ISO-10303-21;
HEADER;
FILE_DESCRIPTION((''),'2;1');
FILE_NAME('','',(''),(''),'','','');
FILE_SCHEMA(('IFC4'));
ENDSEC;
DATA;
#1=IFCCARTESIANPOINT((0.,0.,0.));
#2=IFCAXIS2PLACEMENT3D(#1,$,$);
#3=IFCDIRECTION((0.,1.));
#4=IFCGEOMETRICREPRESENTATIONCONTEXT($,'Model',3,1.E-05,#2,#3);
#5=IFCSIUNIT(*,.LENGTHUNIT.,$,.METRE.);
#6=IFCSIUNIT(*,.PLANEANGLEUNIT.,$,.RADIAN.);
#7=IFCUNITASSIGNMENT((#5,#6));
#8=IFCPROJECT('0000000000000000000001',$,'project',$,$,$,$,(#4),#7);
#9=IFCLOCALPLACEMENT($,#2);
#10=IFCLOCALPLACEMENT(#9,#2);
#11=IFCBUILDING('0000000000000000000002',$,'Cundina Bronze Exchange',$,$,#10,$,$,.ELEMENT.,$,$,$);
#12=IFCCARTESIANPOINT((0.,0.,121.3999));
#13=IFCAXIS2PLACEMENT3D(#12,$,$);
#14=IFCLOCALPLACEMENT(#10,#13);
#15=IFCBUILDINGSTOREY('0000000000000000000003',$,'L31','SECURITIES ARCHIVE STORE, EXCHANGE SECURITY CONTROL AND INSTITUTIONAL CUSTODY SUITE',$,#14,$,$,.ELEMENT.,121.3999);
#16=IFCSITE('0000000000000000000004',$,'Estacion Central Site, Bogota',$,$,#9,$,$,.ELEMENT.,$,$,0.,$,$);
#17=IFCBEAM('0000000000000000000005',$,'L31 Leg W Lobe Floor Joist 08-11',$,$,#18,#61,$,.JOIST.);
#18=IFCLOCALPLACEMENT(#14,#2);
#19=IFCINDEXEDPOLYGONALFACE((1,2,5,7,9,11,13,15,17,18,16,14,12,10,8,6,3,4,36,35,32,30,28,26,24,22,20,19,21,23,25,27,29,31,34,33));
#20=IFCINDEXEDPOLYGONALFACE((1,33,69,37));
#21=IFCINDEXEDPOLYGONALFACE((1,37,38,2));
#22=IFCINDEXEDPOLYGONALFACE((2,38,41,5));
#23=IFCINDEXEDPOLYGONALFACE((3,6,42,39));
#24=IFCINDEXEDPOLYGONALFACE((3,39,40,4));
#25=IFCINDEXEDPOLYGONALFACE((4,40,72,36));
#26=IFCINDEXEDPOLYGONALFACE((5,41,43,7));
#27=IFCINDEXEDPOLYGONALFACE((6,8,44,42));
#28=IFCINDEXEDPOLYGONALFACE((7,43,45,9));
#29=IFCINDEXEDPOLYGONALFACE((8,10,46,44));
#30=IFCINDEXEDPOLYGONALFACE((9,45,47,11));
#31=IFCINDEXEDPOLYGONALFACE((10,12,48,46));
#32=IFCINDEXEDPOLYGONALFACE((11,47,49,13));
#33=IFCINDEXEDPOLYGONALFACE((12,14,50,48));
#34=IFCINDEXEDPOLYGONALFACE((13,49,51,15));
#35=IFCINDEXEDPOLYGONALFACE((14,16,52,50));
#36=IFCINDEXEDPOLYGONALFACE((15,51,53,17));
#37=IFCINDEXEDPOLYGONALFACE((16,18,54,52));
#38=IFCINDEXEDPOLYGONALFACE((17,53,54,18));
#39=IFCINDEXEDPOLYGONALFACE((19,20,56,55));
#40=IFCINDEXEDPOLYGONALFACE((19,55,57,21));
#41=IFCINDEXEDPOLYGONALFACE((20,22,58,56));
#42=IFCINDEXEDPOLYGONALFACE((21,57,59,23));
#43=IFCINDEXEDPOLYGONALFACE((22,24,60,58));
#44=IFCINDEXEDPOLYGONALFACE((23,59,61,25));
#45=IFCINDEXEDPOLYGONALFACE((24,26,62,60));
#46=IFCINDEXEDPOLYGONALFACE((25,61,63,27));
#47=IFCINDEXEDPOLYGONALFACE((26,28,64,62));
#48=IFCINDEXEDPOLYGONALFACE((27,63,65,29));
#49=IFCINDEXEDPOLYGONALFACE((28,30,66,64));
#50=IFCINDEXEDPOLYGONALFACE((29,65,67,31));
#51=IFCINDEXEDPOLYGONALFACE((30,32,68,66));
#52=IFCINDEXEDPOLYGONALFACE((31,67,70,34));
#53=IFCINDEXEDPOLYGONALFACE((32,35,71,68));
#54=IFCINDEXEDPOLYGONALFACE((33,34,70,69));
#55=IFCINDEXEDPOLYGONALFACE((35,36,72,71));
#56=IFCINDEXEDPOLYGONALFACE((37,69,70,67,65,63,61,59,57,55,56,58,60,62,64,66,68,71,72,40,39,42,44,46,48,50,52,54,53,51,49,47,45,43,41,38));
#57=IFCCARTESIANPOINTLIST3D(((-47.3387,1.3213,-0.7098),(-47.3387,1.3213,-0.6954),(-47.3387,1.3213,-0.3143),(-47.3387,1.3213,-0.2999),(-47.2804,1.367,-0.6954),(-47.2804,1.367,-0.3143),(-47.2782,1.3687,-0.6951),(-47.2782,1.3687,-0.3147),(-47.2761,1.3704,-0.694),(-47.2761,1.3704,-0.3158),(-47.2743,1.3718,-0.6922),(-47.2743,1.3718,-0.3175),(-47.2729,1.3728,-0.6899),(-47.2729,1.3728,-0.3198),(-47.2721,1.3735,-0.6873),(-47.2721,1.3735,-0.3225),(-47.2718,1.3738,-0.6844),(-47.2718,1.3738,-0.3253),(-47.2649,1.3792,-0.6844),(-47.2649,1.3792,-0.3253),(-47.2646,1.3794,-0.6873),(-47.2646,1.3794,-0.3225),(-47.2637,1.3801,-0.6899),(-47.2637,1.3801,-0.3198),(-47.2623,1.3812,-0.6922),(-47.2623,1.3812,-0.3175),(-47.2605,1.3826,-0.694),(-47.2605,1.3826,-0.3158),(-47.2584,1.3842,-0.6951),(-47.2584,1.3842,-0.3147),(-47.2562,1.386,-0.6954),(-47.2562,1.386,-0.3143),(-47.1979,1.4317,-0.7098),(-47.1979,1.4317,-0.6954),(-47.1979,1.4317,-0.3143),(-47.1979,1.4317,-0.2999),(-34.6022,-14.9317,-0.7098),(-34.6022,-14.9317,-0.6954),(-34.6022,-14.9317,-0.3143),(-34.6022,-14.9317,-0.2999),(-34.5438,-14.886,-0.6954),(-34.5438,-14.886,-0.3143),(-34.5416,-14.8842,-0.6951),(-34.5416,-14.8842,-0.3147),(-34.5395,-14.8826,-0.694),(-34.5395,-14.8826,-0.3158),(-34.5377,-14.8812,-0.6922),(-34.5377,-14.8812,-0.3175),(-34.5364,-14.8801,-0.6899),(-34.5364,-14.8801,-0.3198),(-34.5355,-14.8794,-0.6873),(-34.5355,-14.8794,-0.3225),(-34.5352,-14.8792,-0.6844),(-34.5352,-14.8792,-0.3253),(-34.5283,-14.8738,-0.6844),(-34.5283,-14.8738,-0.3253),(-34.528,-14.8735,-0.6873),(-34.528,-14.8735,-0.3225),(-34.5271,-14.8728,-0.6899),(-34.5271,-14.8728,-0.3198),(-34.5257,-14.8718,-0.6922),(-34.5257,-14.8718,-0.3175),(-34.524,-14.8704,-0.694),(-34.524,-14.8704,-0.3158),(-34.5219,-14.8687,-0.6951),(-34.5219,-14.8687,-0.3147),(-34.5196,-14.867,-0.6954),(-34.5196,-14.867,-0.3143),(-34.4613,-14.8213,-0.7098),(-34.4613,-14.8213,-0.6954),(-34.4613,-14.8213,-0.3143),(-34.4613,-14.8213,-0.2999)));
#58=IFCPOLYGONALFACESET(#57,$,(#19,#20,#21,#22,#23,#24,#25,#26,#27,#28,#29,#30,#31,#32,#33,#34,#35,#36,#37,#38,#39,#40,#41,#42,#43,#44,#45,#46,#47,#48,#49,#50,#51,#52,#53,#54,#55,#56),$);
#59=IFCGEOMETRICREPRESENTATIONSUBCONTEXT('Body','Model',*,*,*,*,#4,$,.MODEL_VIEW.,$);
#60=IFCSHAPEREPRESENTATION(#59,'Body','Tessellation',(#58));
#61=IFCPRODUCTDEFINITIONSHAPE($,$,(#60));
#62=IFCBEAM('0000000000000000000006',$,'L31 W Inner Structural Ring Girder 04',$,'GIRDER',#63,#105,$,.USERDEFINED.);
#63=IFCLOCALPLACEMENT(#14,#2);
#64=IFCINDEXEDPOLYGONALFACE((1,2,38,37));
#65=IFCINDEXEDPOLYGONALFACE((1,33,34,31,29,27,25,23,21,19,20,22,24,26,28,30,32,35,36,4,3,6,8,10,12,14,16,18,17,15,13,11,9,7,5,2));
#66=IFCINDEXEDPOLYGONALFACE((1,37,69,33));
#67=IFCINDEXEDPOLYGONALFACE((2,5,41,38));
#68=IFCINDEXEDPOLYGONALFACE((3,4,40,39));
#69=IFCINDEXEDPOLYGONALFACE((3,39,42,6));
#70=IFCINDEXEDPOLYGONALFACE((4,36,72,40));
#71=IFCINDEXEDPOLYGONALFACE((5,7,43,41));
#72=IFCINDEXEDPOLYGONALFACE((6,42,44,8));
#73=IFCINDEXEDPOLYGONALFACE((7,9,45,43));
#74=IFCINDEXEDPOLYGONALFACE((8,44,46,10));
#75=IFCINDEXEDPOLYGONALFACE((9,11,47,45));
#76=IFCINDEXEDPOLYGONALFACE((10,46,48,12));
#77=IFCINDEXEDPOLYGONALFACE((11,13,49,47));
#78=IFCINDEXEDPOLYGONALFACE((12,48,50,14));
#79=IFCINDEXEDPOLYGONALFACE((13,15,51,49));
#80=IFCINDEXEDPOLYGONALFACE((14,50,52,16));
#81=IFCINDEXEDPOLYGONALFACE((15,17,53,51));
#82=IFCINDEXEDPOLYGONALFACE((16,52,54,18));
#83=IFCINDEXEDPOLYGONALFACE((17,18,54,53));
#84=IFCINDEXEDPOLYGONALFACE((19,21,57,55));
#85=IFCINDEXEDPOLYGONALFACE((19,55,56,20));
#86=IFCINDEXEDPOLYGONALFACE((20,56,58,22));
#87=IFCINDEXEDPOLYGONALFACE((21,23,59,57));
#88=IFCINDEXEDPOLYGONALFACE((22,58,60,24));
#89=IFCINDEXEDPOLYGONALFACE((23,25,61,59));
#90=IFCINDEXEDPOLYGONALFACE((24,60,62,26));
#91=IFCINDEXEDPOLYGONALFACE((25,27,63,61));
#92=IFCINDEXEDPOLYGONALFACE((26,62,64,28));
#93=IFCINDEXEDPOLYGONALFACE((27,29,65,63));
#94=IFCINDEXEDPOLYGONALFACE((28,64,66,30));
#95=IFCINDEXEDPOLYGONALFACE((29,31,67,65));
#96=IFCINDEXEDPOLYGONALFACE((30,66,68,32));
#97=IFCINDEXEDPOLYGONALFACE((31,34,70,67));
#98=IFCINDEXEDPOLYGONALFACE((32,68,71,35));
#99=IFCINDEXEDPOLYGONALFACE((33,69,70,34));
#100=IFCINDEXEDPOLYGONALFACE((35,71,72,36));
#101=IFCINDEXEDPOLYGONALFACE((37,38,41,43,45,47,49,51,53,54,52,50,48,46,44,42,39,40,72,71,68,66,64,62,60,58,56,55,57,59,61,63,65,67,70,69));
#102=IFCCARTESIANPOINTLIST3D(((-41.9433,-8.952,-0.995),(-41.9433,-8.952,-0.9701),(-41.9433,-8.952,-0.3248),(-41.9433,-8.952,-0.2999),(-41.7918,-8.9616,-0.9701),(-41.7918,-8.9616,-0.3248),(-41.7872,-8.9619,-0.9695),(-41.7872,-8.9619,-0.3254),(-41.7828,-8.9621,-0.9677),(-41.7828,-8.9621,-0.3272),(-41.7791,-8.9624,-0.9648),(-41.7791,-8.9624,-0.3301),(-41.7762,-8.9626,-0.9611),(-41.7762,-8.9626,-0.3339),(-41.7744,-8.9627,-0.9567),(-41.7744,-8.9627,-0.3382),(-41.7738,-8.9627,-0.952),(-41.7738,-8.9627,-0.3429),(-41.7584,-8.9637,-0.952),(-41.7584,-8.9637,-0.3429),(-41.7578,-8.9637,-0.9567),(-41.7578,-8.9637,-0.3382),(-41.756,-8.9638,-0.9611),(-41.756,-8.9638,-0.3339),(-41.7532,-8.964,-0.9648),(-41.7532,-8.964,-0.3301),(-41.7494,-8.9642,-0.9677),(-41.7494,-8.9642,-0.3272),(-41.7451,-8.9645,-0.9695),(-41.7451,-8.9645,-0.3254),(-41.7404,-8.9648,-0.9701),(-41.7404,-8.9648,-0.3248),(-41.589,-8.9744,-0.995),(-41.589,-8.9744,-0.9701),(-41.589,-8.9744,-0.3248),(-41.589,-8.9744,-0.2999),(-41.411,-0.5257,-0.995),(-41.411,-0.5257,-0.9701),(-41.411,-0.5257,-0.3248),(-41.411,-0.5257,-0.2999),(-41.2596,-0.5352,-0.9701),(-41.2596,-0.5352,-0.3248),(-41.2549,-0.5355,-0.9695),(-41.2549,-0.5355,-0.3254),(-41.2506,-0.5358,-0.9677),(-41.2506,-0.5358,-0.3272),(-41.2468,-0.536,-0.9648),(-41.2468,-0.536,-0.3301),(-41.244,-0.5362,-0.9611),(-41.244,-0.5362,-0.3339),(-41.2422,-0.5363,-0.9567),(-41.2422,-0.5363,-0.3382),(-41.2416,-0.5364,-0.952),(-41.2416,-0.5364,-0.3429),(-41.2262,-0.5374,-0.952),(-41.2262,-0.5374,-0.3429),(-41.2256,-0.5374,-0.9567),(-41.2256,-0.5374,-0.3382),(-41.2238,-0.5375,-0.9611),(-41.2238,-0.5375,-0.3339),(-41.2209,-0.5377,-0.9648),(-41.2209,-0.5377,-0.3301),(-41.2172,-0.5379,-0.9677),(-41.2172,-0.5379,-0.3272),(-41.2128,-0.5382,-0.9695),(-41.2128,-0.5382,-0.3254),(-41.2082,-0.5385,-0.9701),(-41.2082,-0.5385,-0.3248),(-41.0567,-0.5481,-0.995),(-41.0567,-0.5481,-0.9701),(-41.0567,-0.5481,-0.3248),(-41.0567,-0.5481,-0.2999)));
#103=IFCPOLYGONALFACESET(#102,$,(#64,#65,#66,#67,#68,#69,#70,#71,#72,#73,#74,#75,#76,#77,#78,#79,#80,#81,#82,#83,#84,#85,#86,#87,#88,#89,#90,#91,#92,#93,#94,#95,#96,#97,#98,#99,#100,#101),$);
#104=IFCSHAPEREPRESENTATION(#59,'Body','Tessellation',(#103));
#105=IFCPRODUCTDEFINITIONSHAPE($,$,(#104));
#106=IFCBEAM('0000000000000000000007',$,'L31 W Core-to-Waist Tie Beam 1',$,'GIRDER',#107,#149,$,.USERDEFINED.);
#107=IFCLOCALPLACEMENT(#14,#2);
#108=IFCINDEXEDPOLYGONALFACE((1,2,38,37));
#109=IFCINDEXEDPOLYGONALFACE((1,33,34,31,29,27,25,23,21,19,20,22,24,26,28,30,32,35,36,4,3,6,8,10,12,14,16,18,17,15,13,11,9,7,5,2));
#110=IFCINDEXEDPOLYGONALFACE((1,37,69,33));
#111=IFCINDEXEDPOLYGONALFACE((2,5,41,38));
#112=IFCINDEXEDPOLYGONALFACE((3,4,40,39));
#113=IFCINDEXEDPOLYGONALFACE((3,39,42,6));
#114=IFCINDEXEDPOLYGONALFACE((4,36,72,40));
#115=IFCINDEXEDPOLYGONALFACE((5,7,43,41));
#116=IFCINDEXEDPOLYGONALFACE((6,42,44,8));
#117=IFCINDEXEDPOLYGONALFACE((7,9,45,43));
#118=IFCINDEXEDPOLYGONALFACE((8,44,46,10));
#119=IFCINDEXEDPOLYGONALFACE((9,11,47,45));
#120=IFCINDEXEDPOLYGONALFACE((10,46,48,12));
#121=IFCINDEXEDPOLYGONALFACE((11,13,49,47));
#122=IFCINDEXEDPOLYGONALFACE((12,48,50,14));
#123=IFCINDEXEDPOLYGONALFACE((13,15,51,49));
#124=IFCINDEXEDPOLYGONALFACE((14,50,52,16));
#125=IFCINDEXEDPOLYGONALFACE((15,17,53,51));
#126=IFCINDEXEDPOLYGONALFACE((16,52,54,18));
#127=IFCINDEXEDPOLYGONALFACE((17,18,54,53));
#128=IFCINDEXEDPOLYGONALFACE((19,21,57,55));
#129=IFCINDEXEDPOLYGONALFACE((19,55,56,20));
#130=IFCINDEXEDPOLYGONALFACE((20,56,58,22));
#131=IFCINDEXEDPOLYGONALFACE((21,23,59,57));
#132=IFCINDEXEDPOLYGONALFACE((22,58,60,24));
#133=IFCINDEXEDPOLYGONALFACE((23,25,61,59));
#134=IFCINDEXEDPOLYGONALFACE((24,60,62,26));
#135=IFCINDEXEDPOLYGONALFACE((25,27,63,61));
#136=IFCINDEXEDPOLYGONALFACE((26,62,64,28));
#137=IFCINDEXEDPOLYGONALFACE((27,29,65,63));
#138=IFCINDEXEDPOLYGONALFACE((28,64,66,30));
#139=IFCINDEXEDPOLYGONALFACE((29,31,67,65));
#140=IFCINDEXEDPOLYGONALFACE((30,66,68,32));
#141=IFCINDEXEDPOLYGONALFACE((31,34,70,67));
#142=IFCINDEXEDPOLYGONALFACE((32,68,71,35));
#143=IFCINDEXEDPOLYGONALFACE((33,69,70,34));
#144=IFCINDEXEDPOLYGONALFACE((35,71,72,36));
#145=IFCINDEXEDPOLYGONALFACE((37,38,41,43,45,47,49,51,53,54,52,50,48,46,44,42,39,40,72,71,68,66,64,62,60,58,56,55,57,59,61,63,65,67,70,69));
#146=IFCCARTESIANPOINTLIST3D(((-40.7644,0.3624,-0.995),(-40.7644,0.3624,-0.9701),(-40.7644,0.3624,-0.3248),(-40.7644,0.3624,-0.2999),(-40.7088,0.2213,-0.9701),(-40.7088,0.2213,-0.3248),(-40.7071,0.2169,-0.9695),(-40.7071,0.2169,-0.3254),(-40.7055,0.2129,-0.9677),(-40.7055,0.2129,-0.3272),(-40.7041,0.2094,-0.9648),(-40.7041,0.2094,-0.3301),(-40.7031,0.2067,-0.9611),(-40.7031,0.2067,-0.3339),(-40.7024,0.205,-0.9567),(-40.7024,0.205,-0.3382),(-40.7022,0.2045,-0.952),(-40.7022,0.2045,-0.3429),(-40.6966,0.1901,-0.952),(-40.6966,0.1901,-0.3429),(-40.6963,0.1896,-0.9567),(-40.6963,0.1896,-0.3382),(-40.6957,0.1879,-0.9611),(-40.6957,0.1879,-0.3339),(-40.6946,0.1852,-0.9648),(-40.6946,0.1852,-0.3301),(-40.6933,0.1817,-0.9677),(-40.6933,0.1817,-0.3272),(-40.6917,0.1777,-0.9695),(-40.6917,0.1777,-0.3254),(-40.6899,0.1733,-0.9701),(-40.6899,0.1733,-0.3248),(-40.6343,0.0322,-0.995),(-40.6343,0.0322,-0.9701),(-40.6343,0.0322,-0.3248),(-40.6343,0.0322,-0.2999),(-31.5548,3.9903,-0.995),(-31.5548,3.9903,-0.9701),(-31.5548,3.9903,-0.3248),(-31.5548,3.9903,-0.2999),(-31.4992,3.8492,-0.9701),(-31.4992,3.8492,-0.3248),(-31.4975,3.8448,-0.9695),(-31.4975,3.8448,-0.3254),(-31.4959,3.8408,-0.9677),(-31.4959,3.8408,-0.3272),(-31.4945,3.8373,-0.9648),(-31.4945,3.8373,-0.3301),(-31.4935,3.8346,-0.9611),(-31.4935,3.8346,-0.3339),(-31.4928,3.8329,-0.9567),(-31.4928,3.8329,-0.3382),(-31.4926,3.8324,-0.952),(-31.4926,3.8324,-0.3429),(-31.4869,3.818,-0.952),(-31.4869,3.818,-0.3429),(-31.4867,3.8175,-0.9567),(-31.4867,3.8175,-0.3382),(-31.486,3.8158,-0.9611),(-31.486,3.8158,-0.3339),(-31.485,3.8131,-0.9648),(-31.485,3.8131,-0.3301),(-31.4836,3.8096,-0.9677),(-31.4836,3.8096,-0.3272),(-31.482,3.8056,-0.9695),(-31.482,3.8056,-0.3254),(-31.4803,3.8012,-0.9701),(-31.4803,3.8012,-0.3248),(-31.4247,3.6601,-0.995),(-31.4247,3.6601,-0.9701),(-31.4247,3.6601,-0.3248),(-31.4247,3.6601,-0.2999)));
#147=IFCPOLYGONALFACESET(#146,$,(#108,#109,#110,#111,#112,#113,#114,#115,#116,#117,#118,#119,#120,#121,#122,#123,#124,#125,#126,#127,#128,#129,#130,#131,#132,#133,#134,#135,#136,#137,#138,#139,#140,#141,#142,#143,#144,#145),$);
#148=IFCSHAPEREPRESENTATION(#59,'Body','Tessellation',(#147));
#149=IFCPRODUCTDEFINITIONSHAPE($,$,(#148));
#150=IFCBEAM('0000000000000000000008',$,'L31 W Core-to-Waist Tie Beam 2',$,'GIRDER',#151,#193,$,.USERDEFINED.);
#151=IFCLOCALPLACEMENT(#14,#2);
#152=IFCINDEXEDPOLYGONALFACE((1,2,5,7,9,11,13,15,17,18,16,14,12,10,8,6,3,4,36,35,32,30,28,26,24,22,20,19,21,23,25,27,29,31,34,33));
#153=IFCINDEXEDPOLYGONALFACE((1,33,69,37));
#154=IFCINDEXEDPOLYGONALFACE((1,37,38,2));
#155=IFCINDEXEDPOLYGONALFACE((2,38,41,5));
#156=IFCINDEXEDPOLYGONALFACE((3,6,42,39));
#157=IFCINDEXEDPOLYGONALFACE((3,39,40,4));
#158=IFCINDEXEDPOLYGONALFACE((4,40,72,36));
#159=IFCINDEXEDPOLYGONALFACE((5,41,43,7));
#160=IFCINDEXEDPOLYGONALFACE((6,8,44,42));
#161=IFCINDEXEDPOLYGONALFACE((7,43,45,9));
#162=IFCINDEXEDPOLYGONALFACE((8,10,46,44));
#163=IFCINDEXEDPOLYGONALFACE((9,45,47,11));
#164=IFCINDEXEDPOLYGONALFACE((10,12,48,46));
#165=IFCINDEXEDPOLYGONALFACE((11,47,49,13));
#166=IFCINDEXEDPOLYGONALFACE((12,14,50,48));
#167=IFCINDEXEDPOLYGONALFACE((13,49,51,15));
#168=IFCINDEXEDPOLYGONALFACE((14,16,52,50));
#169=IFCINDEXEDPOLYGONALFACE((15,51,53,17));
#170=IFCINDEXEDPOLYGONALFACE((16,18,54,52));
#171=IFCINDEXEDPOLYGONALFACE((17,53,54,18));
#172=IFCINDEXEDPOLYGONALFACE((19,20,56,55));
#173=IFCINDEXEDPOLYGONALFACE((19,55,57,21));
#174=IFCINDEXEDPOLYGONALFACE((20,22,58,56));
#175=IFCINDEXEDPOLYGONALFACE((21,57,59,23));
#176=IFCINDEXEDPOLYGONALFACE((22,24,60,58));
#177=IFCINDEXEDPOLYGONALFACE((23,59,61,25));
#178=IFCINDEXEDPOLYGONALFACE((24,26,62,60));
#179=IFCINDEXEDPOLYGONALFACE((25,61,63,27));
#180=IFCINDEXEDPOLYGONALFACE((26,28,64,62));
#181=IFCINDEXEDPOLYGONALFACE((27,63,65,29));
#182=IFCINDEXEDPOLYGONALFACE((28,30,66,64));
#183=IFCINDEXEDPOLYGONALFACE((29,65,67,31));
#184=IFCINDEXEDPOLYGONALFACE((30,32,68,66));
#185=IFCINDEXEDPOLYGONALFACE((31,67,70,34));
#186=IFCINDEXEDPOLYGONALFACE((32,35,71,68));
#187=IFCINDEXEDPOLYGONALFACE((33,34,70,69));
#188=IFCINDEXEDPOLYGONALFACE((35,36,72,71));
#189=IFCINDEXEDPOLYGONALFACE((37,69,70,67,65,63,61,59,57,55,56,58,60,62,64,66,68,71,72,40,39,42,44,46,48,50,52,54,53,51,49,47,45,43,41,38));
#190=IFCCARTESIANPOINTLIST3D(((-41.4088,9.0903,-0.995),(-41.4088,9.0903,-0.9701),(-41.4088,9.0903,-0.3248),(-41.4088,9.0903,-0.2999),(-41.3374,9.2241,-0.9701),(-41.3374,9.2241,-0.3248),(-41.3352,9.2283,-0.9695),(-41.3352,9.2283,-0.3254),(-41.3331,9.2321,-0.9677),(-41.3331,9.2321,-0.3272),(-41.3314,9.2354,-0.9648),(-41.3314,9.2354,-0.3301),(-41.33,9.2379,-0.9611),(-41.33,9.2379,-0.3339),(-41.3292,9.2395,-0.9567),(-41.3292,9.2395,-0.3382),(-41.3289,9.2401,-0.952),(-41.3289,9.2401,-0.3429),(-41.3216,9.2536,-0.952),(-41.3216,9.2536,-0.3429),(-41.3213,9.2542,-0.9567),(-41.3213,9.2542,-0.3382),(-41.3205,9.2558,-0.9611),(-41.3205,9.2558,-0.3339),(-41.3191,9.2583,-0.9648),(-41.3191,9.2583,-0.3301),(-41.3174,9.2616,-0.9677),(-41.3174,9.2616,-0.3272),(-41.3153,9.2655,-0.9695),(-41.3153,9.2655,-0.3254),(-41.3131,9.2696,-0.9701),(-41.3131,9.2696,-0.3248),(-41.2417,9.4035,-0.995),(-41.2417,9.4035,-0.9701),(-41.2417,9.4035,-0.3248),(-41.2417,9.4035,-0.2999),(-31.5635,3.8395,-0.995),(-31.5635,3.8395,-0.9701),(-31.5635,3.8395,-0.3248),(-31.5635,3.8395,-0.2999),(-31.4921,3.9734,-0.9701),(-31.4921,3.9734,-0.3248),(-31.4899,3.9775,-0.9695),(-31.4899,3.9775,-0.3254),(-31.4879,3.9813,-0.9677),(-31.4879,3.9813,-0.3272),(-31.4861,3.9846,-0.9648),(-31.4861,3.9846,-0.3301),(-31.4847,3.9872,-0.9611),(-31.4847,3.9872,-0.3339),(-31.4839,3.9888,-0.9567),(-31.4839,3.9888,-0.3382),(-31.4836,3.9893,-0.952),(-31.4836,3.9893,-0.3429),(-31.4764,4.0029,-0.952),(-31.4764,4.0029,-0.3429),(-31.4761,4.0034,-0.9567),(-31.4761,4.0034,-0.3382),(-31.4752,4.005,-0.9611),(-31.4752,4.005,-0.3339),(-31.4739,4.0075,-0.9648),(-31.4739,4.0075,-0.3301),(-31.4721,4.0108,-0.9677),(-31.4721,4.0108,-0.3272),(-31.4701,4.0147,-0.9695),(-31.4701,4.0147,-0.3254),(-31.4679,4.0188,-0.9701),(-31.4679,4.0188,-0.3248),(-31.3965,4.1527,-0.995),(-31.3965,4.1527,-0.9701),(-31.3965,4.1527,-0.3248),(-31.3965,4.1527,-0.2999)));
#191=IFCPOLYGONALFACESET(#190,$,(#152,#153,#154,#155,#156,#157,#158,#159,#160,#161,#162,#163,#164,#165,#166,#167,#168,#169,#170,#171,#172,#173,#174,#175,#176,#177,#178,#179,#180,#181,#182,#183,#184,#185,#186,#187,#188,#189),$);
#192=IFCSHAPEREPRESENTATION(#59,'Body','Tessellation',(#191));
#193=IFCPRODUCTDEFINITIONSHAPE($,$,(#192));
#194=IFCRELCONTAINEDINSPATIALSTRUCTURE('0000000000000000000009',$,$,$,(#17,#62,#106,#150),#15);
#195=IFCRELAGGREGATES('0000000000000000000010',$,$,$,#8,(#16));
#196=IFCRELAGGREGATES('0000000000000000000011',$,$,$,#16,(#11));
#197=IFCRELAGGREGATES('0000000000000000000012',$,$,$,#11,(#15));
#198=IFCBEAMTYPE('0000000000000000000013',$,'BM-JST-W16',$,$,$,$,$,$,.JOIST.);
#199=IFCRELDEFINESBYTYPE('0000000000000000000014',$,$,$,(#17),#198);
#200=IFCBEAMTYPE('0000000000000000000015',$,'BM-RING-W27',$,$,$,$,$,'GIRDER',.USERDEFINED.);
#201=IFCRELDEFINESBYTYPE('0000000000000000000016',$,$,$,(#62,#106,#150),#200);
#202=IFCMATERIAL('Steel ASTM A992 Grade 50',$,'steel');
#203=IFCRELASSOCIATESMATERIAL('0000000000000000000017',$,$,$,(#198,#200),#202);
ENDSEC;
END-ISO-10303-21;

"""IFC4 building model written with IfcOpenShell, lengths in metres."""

from ifc_helpers import new_model, si_unit, direction, frame, origin, origin_2d, place, context, subcontext, project, spatial, i_section, extrude, material, material_profile, profile_set, type_object, element, save


model = new_model("IFC4")

# Units and contexts
model_context = context("Model", 3, precision=1e-05, world=origin(), true_north=direction((0.0, 1.0)))
body_context = subcontext(model_context, "Body", "Model", "MODEL_VIEW")
ifc_project = project(units=[si_unit("LENGTHUNIT", "METRE"), si_unit("PLANEANGLEUNIT", "RADIAN")], contexts=[model_context])

# Site, building, storey
site_placement = place(None, origin())
site = spatial("IfcSite", under=ifc_project, at=site_placement, Name="Estacion Central Site, Bogota", CompositionType="ELEMENT", RefElevation=0.0)
building_placement = place(site_placement, origin())
building = spatial("IfcBuilding", under=site, at=building_placement, Name="Cundina Bronze Exchange", CompositionType="ELEMENT")
storey_placement = place(building_placement, frame((0.0, 0.0, 121.3999)))
storey = spatial("IfcBuildingStorey", under=building, at=storey_placement, Name="L31", Description="SECURITIES ARCHIVE STORE, EXCHANGE SECURITY CONTROL AND INSTITUTIONAL CUSTODY SUITE", CompositionType="ELEMENT", Elevation=121.3999)

# Shared definitions
ifc_material_1 = material(Name="Steel ASTM A992 Grade 50", Category="steel")

# Beams
ifc_material_profile_1 = material_profile(ifc_material_1, i_section(OverallWidth=0.179, OverallDepth=0.4099, WebThickness=0.0088, FlangeThickness=0.0144, FilletRadius=0.011, at=origin_2d()), Name="W16X45", Category="steel")
ifc_profile_set_1 = profile_set([ifc_material_profile_1], Name="Steel ASTM A992 Grade 50")
beam_type_1 = type_object("IfcBeamType", Name="BM-JST-W16", PredefinedType="JOIST", material=ifc_profile_set_1)
beam_1_placement = place(storey_placement, frame((-47.2683, 1.3765, -0.5049), z_axis=(0.616815, -0.787108, 0.0), x_axis=(0.787108, 0.616815, 0.0)))
element("IfcBeam", 1, at=beam_1_placement, inside=storey, type_object=beam_type_1, Name="L31 Leg W Lobe Floor Joist 08-11", PredefinedType="JOIST", context=body_context, shape_type="SweptSolid", body=[
    extrude(i_section(OverallWidth=0.179, OverallDepth=0.4099, WebThickness=0.0088, FlangeThickness=0.0144, FilletRadius=0.011, at=origin_2d()), origin(), (0.0, 0.0, 1.0), 20.6489),
])
ifc_material_profile_2 = material_profile(ifc_material_1, i_section(OverallWidth=0.355, OverallDepth=0.6951, WebThickness=0.0154, FlangeThickness=0.0249, FilletRadius=0.0181, at=origin_2d()), Name="W27X146", Category="steel")
ifc_profile_set_2 = profile_set([ifc_material_profile_2], Name="Steel ASTM A992 Grade 50")
beam_type_2 = type_object("IfcBeamType", Name="BM-RING-W27", ElementType="GIRDER", PredefinedType="USERDEFINED", material=ifc_profile_set_2)
beam_2_placement = place(storey_placement, frame((-41.2339, -0.5369, -0.6475), z_axis=(-0.063037, -0.998011, 0.0), x_axis=(0.998011, -0.063037, 0.0)))
element("IfcBeam", 2, at=beam_2_placement, inside=storey, type_object=beam_type_2, Name="L31 W Inner Structural Ring Girder 04", ObjectType="GIRDER", PredefinedType="USERDEFINED", context=body_context, shape_type="SweptSolid", body=[
    extrude(i_section(OverallWidth=0.355, OverallDepth=0.6951, WebThickness=0.0154, FlangeThickness=0.0249, FilletRadius=0.0181, at=origin_2d()), origin(), (0.0, 0.0, 1.0), 8.4431),
])
beam_3_placement = place(storey_placement, frame((-31.4897, 3.8252, -0.6475), z_axis=(-0.930413, -0.366512, 0.0), x_axis=(0.366512, -0.930413, 0.0)))
element("IfcBeam", 3, at=beam_3_placement, inside=storey, type_object=beam_type_2, Name="L31 W Core-to-Waist Tie Beam 1", ObjectType="GIRDER", PredefinedType="USERDEFINED", context=body_context, shape_type="SweptSolid", body=[
    extrude(i_section(OverallWidth=0.355, OverallDepth=0.6951, WebThickness=0.0154, FlangeThickness=0.0249, FilletRadius=0.0181, at=origin_2d()), origin(), (0.0, 0.0, 1.0), 9.8984),
])
beam_4_placement = place(storey_placement, frame((-31.48, 3.9961, -0.6475), z_axis=(-0.882355, 0.470585, 0.0), x_axis=(-0.470585, -0.882355, 0.0)))
element("IfcBeam", 4, at=beam_4_placement, inside=storey, type_object=beam_type_2, Name="L31 W Core-to-Waist Tie Beam 2", ObjectType="GIRDER", PredefinedType="USERDEFINED", context=body_context, shape_type="SweptSolid", body=[
    extrude(i_section(OverallWidth=0.355, OverallDepth=0.6951, WebThickness=0.0154, FlangeThickness=0.0249, FilletRadius=0.0181, at=origin_2d()), origin(), (0.0, 0.0, 1.0), 11.158),
])

save(model, "model.ifc")
